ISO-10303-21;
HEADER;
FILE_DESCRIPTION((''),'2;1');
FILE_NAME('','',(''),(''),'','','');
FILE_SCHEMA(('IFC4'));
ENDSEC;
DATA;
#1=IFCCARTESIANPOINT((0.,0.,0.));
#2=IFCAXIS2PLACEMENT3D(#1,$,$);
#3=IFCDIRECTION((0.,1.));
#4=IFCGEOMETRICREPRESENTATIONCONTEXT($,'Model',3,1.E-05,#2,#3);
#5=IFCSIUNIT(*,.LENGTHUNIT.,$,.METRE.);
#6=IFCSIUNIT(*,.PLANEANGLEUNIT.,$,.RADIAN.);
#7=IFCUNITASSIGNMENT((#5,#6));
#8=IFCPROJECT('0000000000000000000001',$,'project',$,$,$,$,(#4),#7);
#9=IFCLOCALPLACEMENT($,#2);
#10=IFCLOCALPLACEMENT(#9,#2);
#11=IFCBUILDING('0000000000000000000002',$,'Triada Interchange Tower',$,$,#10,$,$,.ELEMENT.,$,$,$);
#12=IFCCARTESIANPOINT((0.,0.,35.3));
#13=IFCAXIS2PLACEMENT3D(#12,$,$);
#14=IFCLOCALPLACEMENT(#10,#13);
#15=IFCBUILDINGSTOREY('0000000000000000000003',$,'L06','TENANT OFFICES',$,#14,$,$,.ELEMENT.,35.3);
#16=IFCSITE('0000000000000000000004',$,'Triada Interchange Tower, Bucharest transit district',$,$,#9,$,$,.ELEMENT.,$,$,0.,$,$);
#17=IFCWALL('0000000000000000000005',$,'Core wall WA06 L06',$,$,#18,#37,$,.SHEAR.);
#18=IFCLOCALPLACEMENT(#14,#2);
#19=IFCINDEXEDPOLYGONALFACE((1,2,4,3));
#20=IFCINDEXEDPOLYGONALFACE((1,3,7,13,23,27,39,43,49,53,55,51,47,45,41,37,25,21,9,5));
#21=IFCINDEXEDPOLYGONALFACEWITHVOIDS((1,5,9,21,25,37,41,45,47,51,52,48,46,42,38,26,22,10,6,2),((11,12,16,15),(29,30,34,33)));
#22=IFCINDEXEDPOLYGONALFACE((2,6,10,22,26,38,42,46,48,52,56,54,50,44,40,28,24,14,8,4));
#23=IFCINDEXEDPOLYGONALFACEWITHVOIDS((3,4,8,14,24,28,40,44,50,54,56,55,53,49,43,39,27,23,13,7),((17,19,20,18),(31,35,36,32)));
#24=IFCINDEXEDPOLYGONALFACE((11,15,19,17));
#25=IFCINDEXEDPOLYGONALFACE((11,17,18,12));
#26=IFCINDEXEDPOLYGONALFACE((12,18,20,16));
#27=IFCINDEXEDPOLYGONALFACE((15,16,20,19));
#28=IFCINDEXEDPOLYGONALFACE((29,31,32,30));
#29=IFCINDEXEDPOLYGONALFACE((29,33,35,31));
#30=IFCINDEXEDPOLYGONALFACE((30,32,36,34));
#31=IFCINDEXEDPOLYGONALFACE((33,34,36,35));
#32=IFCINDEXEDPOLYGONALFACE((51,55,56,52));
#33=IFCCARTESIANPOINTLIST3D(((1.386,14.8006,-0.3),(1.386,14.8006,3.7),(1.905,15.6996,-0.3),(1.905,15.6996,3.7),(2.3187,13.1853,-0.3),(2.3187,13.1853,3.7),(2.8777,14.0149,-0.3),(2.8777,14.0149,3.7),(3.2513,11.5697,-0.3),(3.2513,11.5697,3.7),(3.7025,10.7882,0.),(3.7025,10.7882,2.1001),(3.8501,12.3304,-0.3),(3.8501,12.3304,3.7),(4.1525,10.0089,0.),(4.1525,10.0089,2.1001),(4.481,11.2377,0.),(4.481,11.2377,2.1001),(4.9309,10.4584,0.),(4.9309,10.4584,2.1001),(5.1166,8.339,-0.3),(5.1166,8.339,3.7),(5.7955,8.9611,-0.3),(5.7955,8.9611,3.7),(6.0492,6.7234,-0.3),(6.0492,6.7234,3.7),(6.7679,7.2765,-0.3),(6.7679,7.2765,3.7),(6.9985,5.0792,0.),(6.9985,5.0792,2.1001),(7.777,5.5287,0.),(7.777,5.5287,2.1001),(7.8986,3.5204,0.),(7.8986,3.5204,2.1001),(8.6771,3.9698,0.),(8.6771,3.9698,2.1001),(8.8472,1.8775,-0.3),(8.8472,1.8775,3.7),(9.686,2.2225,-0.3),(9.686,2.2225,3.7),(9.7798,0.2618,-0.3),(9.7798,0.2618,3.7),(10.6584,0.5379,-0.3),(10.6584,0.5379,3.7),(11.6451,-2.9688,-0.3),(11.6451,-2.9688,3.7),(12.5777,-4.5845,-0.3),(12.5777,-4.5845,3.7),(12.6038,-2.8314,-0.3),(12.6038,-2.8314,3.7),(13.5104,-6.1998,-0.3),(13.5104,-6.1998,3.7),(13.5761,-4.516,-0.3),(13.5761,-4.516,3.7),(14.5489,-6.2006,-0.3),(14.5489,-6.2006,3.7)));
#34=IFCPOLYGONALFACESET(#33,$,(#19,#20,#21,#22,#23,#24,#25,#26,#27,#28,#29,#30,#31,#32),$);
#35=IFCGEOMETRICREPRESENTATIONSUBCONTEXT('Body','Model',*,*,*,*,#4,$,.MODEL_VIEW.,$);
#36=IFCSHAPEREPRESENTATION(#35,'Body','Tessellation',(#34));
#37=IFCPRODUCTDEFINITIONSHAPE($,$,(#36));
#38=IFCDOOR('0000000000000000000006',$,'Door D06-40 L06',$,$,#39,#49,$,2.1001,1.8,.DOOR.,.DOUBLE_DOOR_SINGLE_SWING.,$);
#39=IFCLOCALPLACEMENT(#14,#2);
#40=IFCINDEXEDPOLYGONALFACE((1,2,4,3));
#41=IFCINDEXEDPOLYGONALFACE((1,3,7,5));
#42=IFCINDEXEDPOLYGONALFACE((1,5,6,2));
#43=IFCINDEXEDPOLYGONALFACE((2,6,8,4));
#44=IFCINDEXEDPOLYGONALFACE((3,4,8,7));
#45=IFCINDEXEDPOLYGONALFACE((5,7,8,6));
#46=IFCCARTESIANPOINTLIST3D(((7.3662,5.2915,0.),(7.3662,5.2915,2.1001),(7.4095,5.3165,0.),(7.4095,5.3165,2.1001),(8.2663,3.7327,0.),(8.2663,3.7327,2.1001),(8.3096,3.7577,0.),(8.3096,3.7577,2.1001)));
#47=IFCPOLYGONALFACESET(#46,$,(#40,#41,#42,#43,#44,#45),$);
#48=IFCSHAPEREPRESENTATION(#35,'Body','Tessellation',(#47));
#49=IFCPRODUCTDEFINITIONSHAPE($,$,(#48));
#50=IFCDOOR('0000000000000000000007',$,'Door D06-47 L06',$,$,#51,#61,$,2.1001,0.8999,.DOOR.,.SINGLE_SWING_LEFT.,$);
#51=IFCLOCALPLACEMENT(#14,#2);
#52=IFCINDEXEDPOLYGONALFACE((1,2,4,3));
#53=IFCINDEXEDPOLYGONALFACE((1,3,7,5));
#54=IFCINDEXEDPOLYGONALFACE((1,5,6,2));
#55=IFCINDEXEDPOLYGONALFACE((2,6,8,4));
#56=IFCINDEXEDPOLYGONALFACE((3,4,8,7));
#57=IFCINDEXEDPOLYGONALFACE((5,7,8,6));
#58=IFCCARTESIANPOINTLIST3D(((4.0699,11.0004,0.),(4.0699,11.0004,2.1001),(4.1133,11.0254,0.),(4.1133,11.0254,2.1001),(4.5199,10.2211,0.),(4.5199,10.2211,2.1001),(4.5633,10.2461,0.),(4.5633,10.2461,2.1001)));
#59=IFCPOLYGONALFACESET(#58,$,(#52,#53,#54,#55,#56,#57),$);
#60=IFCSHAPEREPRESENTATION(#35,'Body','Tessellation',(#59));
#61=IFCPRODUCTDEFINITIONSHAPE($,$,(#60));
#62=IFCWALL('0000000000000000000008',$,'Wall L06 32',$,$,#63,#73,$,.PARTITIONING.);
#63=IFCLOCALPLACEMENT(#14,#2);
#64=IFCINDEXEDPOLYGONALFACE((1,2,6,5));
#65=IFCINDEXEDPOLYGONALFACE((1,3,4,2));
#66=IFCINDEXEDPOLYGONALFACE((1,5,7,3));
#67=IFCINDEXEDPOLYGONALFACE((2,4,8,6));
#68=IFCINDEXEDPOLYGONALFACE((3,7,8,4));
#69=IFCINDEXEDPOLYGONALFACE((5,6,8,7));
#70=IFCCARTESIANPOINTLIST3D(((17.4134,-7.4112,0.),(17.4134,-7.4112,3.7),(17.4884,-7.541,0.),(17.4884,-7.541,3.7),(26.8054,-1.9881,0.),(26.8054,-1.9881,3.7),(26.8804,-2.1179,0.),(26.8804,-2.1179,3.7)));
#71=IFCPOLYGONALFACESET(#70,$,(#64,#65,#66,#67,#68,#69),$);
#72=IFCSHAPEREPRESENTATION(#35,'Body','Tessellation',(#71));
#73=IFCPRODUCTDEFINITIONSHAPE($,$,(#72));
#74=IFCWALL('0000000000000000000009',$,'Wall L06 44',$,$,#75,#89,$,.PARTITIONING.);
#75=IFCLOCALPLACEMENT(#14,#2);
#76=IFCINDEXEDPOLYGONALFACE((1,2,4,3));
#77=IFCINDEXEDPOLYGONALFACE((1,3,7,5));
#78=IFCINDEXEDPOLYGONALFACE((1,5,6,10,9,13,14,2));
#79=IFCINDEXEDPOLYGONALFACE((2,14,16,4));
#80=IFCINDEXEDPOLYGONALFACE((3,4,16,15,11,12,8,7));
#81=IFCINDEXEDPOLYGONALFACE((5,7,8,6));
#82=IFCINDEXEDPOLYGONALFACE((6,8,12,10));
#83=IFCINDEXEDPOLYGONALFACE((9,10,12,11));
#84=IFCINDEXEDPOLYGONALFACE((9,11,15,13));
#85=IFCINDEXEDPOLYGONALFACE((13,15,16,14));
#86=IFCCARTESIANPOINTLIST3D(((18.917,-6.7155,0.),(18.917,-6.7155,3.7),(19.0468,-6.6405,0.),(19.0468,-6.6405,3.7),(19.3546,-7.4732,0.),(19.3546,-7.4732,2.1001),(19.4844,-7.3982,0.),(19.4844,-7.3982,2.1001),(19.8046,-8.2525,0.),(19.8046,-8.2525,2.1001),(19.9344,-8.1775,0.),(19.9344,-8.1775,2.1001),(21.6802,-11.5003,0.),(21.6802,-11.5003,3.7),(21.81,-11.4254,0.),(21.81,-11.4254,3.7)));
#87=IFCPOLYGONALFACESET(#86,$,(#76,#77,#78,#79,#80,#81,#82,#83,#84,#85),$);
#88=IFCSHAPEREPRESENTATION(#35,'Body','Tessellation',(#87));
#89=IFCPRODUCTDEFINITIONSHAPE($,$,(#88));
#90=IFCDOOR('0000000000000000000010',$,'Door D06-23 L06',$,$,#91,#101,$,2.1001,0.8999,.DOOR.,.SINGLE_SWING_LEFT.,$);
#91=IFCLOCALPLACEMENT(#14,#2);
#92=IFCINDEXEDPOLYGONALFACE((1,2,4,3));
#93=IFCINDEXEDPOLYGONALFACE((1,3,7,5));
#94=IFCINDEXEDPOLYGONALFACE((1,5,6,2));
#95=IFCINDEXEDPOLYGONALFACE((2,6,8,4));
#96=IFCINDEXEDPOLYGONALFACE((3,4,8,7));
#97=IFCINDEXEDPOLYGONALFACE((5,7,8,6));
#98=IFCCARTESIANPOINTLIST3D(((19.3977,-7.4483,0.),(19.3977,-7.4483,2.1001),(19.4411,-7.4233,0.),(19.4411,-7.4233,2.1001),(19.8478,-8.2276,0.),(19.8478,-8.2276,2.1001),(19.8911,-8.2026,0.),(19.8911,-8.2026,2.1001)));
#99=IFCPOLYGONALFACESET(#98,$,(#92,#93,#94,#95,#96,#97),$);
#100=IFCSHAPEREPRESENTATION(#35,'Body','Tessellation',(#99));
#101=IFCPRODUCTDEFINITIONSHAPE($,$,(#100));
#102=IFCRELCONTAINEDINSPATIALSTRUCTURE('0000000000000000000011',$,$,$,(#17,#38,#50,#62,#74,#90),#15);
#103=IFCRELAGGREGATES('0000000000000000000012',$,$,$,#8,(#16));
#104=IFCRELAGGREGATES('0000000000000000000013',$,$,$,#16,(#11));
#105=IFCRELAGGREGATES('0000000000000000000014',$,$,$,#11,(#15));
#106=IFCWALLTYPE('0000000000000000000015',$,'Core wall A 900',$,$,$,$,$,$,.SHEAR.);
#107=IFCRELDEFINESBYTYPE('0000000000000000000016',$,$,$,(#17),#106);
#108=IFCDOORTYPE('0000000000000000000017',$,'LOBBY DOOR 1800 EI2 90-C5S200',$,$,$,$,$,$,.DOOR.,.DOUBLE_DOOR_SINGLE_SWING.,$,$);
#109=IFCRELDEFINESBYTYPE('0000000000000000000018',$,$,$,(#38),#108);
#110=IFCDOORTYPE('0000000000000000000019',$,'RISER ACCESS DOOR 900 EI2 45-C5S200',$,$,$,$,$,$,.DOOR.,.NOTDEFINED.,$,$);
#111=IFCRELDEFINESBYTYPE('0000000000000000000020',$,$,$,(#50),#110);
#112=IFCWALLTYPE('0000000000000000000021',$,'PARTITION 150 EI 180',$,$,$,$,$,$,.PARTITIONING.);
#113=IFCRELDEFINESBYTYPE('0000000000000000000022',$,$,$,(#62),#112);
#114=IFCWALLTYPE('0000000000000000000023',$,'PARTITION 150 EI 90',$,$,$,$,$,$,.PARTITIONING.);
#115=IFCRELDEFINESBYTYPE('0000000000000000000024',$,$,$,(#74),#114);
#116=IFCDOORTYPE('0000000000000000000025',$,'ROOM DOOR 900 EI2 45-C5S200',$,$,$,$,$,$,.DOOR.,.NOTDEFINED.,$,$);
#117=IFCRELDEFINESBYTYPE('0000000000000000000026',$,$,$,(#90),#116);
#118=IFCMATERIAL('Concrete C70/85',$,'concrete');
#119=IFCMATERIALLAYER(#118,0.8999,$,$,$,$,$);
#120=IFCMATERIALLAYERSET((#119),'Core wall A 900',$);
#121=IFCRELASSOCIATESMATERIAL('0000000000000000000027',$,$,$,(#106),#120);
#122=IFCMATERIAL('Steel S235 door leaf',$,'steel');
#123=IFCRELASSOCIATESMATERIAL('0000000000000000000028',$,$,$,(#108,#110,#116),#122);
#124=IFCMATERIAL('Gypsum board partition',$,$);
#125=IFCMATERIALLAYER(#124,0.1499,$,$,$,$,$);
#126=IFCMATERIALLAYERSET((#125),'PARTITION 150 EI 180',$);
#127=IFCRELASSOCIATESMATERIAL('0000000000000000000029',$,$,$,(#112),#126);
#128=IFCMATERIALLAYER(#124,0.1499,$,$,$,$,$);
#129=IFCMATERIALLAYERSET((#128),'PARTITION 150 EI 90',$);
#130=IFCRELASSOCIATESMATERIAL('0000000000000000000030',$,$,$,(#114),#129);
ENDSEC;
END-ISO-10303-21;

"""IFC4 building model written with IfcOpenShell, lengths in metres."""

from ifc_helpers import new_model, si_unit, direction, frame, frame_2d, origin, place, context, subcontext, project, spatial, polyline, rectangle, outline, extrude, material, layer, layer_set, type_object, element, fill, save


model = new_model("IFC4")

# Units and contexts
model_context = context("Model", 3, precision=1e-05, world=origin(), true_north=direction((0.0, 1.0)))
body_context = subcontext(model_context, "Body", "Model", "MODEL_VIEW")
ifc_project = project(units=[si_unit("LENGTHUNIT", "METRE"), si_unit("PLANEANGLEUNIT", "RADIAN")], contexts=[model_context])

# Site, building, storey
site_placement = place(None, origin())
site = spatial("IfcSite", under=ifc_project, at=site_placement, Name="Triada Interchange Tower, Bucharest transit district", CompositionType="ELEMENT", RefElevation=0.0)
building_placement = place(site_placement, origin())
building = spatial("IfcBuilding", under=site, at=building_placement, Name="Triada Interchange Tower", CompositionType="ELEMENT")
storey_placement = place(building_placement, frame((0.0, 0.0, 35.3)))
storey = spatial("IfcBuildingStorey", under=building, at=storey_placement, Name="L06", Description="TENANT OFFICES", CompositionType="ELEMENT", Elevation=35.3)

# Shared definitions
ifc_material_1 = material(Name="Steel S235 door leaf", Category="steel")

# Wall, openings, doors
ifc_material_2 = material(Name="Concrete C70/85", Category="concrete")
ifc_layer_1 = layer(ifc_material_2, 0.8999)
ifc_layer_set_1 = layer_set([ifc_layer_1], Name="Core wall A 900")
wall_type_1 = type_object("IfcWallType", Name="Core wall A 900", PredefinedType="SHEAR", material=ifc_layer_set_1)
wall_1_placement = place(storey_placement, frame((14.03, -6.2, -0.3), z_axis=(0.0, 0.0, 1.0), x_axis=(-0.500026, 0.86601, 0.0)))
wall_1 = element("IfcWall", 1, at=wall_1_placement, inside=storey, type_object=wall_type_1, Name="Core wall WA06 L06", PredefinedType="SHEAR", context=body_context, shape_type="SweptSolid", body=[
    extrude(outline(polyline([(-0.26, -0.449), (1.6853, -0.449), (3.6304, -0.4492), (5.5757, -0.4492), (7.521, -0.4492), (9.4661, -0.4495), (11.4114, -0.4495), (13.3567, -0.4495), (15.302, -0.4495), (17.2471, -0.4497), (19.1924, -0.4497), (21.1377, -0.4497), (23.0828, -0.45), (25.0281, -0.45), (24.509, 0.449), (22.6438, 0.449), (20.7783, 0.4492), (18.9131, 0.4492), (17.0479, 0.4492), (15.1824, 0.4495), (13.3171, 0.4495), (11.4519, 0.4495), (9.5867, 0.4495), (7.7212, 0.4497), (5.856, 0.4497), (3.9907, 0.4497), (2.1252, 0.45), (0.26, 0.45), (-0.26, -0.449)])), origin(), (0.0, 0.0, 1.0), 4.0),
])
opening_1_placement = place(wall_1_placement, frame((11.4839, 0.0, 0.3)))
opening_1 = element("IfcOpeningElement", 2, at=opening_1_placement, cuts=wall_1, PredefinedType="OPENING", context=body_context, shape_type="SweptSolid", body=[
    extrude(rectangle(XDim=1.8, YDim=2.1001, at=frame_2d((0.8999, 1.05))), frame((0.0, 0.46, 0.0), z_axis=(0.0, -1.0, 0.0), x_axis=(1.0, 0.0, 0.0)), (0.0, 0.0, 1.0), 0.9199),
])
opening_2_placement = place(wall_1_placement, frame((18.9761, 0.0, 0.3)))
opening_2 = element("IfcOpeningElement", 3, at=opening_2_placement, cuts=wall_1, PredefinedType="OPENING", context=body_context, shape_type="SweptSolid", body=[
    extrude(rectangle(XDim=0.8999, YDim=2.1001, at=frame_2d((0.45, 1.05))), frame((0.0, 0.46, 0.0), z_axis=(0.0, -1.0, 0.0), x_axis=(1.0, 0.0, 0.0)), (0.0, 0.0, 1.0), 0.9199),
])
door_type_1 = type_object("IfcDoorType", Name="LOBBY DOOR 1800 EI2 90-C5S200", OperationType="DOUBLE_DOOR_SINGLE_SWING", PredefinedType="DOOR", material=ifc_material_1)
door_1_placement = place(opening_1_placement, origin())
door_1 = element("IfcDoor", 4, at=door_1_placement, inside=storey, type_object=door_type_1, Name="Door D06-40 L06", OperationType="DOUBLE_DOOR_SINGLE_SWING", OverallHeight=2.1001, OverallWidth=1.8, PredefinedType="DOOR", context=body_context, shape_type="SweptSolid", body=[
    extrude(rectangle(XDim=1.8, YDim=2.1001, at=frame_2d((0.8999, 1.05))), frame((0.0, 0.0249, 0.0), z_axis=(0.0, -1.0, 0.0), x_axis=(1.0, 0.0, 0.0)), (0.0, 0.0, 1.0), 0.05),
])
fill(opening_1, door_1)
door_type_2 = type_object("IfcDoorType", Name="RISER ACCESS DOOR 900 EI2 45-C5S200", OperationType="NOTDEFINED", PredefinedType="DOOR", material=ifc_material_1)
door_2_placement = place(opening_2_placement, origin())
door_2 = element("IfcDoor", 5, at=door_2_placement, inside=storey, type_object=door_type_2, Name="Door D06-47 L06", OperationType="SINGLE_SWING_LEFT", OverallHeight=2.1001, OverallWidth=0.8999, PredefinedType="DOOR", context=body_context, shape_type="SweptSolid", body=[
    extrude(rectangle(XDim=0.8999, YDim=2.1001, at=frame_2d((0.45, 1.05))), frame((0.0, 0.0249, 0.0), z_axis=(0.0, -1.0, 0.0), x_axis=(1.0, 0.0, 0.0)), (0.0, 0.0, 1.0), 0.05),
])
fill(opening_2, door_2)

# Wall
ifc_material_3 = material(Name="Gypsum board partition")
ifc_layer_2 = layer(ifc_material_3, 0.1499)
ifc_layer_set_2 = layer_set([ifc_layer_2], Name="PARTITION 150 EI 180")
wall_type_2 = type_object("IfcWallType", Name="PARTITION 150 EI 180", PredefinedType="PARTITIONING", material=ifc_layer_set_2)
wall_2_placement = place(storey_placement, frame((17.4509, -7.4761, 0.0), z_axis=(0.0, 0.0, 1.0), x_axis=(0.866003, 0.500039, 0.0)))
element("IfcWall", 6, at=wall_2_placement, inside=storey, type_object=wall_type_2, Name="Wall L06 32", PredefinedType="PARTITIONING", context=body_context, shape_type="SweptSolid", body=[
    extrude(rectangle(XDim=10.8452, YDim=0.1499, at=frame_2d((5.4226, 0.0))), origin(), (0.0, 0.0, 1.0), 3.7),
])

# Wall, opening, door
ifc_layer_3 = layer(ifc_material_3, 0.1499)
ifc_layer_set_3 = layer_set([ifc_layer_3], Name="PARTITION 150 EI 90")
wall_type_3 = type_object("IfcWallType", Name="PARTITION 150 EI 90", PredefinedType="PARTITIONING", material=ifc_layer_set_3)
wall_3_placement = place(storey_placement, frame((18.9819, -6.678, 0.0), z_axis=(0.0, 0.0, 1.0), x_axis=(0.500083, -0.865977, 0.0)))
wall_3 = element("IfcWall", 7, at=wall_3_placement, inside=storey, type_object=wall_type_3, Name="Wall L06 44", PredefinedType="PARTITIONING", context=body_context, shape_type="SweptSolid", body=[
    extrude(rectangle(XDim=5.5254, YDim=0.1499, at=frame_2d((2.7627, 0.0))), origin(), (0.0, 0.0, 1.0), 3.7),
])
opening_3_placement = place(wall_3_placement, frame((0.875, 0.0, 0.0)))
opening_3 = element("IfcOpeningElement", 8, at=opening_3_placement, cuts=wall_3, PredefinedType="OPENING", context=body_context, shape_type="SweptSolid", body=[
    extrude(rectangle(XDim=0.8999, YDim=2.1001, at=frame_2d((0.45, 1.05))), frame((0.0, 0.085, 0.0), z_axis=(0.0, -1.0, 0.0), x_axis=(1.0, 0.0, 0.0)), (0.0, 0.0, 1.0), 0.1699),
])
door_type_3 = type_object("IfcDoorType", Name="ROOM DOOR 900 EI2 45-C5S200", OperationType="NOTDEFINED", PredefinedType="DOOR", material=ifc_material_1)
door_3_placement = place(opening_3_placement, origin())
door_3 = element("IfcDoor", 9, at=door_3_placement, inside=storey, type_object=door_type_3, Name="Door D06-23 L06", OperationType="SINGLE_SWING_LEFT", OverallHeight=2.1001, OverallWidth=0.8999, PredefinedType="DOOR", context=body_context, shape_type="SweptSolid", body=[
    extrude(rectangle(XDim=0.8999, YDim=2.1001, at=frame_2d((0.45, 1.05))), frame((0.0, 0.0249, 0.0), z_axis=(0.0, -1.0, 0.0), x_axis=(1.0, 0.0, 0.0)), (0.0, 0.0, 1.0), 0.05),
])
fill(opening_3, door_3)

save(model, "model.ifc")
